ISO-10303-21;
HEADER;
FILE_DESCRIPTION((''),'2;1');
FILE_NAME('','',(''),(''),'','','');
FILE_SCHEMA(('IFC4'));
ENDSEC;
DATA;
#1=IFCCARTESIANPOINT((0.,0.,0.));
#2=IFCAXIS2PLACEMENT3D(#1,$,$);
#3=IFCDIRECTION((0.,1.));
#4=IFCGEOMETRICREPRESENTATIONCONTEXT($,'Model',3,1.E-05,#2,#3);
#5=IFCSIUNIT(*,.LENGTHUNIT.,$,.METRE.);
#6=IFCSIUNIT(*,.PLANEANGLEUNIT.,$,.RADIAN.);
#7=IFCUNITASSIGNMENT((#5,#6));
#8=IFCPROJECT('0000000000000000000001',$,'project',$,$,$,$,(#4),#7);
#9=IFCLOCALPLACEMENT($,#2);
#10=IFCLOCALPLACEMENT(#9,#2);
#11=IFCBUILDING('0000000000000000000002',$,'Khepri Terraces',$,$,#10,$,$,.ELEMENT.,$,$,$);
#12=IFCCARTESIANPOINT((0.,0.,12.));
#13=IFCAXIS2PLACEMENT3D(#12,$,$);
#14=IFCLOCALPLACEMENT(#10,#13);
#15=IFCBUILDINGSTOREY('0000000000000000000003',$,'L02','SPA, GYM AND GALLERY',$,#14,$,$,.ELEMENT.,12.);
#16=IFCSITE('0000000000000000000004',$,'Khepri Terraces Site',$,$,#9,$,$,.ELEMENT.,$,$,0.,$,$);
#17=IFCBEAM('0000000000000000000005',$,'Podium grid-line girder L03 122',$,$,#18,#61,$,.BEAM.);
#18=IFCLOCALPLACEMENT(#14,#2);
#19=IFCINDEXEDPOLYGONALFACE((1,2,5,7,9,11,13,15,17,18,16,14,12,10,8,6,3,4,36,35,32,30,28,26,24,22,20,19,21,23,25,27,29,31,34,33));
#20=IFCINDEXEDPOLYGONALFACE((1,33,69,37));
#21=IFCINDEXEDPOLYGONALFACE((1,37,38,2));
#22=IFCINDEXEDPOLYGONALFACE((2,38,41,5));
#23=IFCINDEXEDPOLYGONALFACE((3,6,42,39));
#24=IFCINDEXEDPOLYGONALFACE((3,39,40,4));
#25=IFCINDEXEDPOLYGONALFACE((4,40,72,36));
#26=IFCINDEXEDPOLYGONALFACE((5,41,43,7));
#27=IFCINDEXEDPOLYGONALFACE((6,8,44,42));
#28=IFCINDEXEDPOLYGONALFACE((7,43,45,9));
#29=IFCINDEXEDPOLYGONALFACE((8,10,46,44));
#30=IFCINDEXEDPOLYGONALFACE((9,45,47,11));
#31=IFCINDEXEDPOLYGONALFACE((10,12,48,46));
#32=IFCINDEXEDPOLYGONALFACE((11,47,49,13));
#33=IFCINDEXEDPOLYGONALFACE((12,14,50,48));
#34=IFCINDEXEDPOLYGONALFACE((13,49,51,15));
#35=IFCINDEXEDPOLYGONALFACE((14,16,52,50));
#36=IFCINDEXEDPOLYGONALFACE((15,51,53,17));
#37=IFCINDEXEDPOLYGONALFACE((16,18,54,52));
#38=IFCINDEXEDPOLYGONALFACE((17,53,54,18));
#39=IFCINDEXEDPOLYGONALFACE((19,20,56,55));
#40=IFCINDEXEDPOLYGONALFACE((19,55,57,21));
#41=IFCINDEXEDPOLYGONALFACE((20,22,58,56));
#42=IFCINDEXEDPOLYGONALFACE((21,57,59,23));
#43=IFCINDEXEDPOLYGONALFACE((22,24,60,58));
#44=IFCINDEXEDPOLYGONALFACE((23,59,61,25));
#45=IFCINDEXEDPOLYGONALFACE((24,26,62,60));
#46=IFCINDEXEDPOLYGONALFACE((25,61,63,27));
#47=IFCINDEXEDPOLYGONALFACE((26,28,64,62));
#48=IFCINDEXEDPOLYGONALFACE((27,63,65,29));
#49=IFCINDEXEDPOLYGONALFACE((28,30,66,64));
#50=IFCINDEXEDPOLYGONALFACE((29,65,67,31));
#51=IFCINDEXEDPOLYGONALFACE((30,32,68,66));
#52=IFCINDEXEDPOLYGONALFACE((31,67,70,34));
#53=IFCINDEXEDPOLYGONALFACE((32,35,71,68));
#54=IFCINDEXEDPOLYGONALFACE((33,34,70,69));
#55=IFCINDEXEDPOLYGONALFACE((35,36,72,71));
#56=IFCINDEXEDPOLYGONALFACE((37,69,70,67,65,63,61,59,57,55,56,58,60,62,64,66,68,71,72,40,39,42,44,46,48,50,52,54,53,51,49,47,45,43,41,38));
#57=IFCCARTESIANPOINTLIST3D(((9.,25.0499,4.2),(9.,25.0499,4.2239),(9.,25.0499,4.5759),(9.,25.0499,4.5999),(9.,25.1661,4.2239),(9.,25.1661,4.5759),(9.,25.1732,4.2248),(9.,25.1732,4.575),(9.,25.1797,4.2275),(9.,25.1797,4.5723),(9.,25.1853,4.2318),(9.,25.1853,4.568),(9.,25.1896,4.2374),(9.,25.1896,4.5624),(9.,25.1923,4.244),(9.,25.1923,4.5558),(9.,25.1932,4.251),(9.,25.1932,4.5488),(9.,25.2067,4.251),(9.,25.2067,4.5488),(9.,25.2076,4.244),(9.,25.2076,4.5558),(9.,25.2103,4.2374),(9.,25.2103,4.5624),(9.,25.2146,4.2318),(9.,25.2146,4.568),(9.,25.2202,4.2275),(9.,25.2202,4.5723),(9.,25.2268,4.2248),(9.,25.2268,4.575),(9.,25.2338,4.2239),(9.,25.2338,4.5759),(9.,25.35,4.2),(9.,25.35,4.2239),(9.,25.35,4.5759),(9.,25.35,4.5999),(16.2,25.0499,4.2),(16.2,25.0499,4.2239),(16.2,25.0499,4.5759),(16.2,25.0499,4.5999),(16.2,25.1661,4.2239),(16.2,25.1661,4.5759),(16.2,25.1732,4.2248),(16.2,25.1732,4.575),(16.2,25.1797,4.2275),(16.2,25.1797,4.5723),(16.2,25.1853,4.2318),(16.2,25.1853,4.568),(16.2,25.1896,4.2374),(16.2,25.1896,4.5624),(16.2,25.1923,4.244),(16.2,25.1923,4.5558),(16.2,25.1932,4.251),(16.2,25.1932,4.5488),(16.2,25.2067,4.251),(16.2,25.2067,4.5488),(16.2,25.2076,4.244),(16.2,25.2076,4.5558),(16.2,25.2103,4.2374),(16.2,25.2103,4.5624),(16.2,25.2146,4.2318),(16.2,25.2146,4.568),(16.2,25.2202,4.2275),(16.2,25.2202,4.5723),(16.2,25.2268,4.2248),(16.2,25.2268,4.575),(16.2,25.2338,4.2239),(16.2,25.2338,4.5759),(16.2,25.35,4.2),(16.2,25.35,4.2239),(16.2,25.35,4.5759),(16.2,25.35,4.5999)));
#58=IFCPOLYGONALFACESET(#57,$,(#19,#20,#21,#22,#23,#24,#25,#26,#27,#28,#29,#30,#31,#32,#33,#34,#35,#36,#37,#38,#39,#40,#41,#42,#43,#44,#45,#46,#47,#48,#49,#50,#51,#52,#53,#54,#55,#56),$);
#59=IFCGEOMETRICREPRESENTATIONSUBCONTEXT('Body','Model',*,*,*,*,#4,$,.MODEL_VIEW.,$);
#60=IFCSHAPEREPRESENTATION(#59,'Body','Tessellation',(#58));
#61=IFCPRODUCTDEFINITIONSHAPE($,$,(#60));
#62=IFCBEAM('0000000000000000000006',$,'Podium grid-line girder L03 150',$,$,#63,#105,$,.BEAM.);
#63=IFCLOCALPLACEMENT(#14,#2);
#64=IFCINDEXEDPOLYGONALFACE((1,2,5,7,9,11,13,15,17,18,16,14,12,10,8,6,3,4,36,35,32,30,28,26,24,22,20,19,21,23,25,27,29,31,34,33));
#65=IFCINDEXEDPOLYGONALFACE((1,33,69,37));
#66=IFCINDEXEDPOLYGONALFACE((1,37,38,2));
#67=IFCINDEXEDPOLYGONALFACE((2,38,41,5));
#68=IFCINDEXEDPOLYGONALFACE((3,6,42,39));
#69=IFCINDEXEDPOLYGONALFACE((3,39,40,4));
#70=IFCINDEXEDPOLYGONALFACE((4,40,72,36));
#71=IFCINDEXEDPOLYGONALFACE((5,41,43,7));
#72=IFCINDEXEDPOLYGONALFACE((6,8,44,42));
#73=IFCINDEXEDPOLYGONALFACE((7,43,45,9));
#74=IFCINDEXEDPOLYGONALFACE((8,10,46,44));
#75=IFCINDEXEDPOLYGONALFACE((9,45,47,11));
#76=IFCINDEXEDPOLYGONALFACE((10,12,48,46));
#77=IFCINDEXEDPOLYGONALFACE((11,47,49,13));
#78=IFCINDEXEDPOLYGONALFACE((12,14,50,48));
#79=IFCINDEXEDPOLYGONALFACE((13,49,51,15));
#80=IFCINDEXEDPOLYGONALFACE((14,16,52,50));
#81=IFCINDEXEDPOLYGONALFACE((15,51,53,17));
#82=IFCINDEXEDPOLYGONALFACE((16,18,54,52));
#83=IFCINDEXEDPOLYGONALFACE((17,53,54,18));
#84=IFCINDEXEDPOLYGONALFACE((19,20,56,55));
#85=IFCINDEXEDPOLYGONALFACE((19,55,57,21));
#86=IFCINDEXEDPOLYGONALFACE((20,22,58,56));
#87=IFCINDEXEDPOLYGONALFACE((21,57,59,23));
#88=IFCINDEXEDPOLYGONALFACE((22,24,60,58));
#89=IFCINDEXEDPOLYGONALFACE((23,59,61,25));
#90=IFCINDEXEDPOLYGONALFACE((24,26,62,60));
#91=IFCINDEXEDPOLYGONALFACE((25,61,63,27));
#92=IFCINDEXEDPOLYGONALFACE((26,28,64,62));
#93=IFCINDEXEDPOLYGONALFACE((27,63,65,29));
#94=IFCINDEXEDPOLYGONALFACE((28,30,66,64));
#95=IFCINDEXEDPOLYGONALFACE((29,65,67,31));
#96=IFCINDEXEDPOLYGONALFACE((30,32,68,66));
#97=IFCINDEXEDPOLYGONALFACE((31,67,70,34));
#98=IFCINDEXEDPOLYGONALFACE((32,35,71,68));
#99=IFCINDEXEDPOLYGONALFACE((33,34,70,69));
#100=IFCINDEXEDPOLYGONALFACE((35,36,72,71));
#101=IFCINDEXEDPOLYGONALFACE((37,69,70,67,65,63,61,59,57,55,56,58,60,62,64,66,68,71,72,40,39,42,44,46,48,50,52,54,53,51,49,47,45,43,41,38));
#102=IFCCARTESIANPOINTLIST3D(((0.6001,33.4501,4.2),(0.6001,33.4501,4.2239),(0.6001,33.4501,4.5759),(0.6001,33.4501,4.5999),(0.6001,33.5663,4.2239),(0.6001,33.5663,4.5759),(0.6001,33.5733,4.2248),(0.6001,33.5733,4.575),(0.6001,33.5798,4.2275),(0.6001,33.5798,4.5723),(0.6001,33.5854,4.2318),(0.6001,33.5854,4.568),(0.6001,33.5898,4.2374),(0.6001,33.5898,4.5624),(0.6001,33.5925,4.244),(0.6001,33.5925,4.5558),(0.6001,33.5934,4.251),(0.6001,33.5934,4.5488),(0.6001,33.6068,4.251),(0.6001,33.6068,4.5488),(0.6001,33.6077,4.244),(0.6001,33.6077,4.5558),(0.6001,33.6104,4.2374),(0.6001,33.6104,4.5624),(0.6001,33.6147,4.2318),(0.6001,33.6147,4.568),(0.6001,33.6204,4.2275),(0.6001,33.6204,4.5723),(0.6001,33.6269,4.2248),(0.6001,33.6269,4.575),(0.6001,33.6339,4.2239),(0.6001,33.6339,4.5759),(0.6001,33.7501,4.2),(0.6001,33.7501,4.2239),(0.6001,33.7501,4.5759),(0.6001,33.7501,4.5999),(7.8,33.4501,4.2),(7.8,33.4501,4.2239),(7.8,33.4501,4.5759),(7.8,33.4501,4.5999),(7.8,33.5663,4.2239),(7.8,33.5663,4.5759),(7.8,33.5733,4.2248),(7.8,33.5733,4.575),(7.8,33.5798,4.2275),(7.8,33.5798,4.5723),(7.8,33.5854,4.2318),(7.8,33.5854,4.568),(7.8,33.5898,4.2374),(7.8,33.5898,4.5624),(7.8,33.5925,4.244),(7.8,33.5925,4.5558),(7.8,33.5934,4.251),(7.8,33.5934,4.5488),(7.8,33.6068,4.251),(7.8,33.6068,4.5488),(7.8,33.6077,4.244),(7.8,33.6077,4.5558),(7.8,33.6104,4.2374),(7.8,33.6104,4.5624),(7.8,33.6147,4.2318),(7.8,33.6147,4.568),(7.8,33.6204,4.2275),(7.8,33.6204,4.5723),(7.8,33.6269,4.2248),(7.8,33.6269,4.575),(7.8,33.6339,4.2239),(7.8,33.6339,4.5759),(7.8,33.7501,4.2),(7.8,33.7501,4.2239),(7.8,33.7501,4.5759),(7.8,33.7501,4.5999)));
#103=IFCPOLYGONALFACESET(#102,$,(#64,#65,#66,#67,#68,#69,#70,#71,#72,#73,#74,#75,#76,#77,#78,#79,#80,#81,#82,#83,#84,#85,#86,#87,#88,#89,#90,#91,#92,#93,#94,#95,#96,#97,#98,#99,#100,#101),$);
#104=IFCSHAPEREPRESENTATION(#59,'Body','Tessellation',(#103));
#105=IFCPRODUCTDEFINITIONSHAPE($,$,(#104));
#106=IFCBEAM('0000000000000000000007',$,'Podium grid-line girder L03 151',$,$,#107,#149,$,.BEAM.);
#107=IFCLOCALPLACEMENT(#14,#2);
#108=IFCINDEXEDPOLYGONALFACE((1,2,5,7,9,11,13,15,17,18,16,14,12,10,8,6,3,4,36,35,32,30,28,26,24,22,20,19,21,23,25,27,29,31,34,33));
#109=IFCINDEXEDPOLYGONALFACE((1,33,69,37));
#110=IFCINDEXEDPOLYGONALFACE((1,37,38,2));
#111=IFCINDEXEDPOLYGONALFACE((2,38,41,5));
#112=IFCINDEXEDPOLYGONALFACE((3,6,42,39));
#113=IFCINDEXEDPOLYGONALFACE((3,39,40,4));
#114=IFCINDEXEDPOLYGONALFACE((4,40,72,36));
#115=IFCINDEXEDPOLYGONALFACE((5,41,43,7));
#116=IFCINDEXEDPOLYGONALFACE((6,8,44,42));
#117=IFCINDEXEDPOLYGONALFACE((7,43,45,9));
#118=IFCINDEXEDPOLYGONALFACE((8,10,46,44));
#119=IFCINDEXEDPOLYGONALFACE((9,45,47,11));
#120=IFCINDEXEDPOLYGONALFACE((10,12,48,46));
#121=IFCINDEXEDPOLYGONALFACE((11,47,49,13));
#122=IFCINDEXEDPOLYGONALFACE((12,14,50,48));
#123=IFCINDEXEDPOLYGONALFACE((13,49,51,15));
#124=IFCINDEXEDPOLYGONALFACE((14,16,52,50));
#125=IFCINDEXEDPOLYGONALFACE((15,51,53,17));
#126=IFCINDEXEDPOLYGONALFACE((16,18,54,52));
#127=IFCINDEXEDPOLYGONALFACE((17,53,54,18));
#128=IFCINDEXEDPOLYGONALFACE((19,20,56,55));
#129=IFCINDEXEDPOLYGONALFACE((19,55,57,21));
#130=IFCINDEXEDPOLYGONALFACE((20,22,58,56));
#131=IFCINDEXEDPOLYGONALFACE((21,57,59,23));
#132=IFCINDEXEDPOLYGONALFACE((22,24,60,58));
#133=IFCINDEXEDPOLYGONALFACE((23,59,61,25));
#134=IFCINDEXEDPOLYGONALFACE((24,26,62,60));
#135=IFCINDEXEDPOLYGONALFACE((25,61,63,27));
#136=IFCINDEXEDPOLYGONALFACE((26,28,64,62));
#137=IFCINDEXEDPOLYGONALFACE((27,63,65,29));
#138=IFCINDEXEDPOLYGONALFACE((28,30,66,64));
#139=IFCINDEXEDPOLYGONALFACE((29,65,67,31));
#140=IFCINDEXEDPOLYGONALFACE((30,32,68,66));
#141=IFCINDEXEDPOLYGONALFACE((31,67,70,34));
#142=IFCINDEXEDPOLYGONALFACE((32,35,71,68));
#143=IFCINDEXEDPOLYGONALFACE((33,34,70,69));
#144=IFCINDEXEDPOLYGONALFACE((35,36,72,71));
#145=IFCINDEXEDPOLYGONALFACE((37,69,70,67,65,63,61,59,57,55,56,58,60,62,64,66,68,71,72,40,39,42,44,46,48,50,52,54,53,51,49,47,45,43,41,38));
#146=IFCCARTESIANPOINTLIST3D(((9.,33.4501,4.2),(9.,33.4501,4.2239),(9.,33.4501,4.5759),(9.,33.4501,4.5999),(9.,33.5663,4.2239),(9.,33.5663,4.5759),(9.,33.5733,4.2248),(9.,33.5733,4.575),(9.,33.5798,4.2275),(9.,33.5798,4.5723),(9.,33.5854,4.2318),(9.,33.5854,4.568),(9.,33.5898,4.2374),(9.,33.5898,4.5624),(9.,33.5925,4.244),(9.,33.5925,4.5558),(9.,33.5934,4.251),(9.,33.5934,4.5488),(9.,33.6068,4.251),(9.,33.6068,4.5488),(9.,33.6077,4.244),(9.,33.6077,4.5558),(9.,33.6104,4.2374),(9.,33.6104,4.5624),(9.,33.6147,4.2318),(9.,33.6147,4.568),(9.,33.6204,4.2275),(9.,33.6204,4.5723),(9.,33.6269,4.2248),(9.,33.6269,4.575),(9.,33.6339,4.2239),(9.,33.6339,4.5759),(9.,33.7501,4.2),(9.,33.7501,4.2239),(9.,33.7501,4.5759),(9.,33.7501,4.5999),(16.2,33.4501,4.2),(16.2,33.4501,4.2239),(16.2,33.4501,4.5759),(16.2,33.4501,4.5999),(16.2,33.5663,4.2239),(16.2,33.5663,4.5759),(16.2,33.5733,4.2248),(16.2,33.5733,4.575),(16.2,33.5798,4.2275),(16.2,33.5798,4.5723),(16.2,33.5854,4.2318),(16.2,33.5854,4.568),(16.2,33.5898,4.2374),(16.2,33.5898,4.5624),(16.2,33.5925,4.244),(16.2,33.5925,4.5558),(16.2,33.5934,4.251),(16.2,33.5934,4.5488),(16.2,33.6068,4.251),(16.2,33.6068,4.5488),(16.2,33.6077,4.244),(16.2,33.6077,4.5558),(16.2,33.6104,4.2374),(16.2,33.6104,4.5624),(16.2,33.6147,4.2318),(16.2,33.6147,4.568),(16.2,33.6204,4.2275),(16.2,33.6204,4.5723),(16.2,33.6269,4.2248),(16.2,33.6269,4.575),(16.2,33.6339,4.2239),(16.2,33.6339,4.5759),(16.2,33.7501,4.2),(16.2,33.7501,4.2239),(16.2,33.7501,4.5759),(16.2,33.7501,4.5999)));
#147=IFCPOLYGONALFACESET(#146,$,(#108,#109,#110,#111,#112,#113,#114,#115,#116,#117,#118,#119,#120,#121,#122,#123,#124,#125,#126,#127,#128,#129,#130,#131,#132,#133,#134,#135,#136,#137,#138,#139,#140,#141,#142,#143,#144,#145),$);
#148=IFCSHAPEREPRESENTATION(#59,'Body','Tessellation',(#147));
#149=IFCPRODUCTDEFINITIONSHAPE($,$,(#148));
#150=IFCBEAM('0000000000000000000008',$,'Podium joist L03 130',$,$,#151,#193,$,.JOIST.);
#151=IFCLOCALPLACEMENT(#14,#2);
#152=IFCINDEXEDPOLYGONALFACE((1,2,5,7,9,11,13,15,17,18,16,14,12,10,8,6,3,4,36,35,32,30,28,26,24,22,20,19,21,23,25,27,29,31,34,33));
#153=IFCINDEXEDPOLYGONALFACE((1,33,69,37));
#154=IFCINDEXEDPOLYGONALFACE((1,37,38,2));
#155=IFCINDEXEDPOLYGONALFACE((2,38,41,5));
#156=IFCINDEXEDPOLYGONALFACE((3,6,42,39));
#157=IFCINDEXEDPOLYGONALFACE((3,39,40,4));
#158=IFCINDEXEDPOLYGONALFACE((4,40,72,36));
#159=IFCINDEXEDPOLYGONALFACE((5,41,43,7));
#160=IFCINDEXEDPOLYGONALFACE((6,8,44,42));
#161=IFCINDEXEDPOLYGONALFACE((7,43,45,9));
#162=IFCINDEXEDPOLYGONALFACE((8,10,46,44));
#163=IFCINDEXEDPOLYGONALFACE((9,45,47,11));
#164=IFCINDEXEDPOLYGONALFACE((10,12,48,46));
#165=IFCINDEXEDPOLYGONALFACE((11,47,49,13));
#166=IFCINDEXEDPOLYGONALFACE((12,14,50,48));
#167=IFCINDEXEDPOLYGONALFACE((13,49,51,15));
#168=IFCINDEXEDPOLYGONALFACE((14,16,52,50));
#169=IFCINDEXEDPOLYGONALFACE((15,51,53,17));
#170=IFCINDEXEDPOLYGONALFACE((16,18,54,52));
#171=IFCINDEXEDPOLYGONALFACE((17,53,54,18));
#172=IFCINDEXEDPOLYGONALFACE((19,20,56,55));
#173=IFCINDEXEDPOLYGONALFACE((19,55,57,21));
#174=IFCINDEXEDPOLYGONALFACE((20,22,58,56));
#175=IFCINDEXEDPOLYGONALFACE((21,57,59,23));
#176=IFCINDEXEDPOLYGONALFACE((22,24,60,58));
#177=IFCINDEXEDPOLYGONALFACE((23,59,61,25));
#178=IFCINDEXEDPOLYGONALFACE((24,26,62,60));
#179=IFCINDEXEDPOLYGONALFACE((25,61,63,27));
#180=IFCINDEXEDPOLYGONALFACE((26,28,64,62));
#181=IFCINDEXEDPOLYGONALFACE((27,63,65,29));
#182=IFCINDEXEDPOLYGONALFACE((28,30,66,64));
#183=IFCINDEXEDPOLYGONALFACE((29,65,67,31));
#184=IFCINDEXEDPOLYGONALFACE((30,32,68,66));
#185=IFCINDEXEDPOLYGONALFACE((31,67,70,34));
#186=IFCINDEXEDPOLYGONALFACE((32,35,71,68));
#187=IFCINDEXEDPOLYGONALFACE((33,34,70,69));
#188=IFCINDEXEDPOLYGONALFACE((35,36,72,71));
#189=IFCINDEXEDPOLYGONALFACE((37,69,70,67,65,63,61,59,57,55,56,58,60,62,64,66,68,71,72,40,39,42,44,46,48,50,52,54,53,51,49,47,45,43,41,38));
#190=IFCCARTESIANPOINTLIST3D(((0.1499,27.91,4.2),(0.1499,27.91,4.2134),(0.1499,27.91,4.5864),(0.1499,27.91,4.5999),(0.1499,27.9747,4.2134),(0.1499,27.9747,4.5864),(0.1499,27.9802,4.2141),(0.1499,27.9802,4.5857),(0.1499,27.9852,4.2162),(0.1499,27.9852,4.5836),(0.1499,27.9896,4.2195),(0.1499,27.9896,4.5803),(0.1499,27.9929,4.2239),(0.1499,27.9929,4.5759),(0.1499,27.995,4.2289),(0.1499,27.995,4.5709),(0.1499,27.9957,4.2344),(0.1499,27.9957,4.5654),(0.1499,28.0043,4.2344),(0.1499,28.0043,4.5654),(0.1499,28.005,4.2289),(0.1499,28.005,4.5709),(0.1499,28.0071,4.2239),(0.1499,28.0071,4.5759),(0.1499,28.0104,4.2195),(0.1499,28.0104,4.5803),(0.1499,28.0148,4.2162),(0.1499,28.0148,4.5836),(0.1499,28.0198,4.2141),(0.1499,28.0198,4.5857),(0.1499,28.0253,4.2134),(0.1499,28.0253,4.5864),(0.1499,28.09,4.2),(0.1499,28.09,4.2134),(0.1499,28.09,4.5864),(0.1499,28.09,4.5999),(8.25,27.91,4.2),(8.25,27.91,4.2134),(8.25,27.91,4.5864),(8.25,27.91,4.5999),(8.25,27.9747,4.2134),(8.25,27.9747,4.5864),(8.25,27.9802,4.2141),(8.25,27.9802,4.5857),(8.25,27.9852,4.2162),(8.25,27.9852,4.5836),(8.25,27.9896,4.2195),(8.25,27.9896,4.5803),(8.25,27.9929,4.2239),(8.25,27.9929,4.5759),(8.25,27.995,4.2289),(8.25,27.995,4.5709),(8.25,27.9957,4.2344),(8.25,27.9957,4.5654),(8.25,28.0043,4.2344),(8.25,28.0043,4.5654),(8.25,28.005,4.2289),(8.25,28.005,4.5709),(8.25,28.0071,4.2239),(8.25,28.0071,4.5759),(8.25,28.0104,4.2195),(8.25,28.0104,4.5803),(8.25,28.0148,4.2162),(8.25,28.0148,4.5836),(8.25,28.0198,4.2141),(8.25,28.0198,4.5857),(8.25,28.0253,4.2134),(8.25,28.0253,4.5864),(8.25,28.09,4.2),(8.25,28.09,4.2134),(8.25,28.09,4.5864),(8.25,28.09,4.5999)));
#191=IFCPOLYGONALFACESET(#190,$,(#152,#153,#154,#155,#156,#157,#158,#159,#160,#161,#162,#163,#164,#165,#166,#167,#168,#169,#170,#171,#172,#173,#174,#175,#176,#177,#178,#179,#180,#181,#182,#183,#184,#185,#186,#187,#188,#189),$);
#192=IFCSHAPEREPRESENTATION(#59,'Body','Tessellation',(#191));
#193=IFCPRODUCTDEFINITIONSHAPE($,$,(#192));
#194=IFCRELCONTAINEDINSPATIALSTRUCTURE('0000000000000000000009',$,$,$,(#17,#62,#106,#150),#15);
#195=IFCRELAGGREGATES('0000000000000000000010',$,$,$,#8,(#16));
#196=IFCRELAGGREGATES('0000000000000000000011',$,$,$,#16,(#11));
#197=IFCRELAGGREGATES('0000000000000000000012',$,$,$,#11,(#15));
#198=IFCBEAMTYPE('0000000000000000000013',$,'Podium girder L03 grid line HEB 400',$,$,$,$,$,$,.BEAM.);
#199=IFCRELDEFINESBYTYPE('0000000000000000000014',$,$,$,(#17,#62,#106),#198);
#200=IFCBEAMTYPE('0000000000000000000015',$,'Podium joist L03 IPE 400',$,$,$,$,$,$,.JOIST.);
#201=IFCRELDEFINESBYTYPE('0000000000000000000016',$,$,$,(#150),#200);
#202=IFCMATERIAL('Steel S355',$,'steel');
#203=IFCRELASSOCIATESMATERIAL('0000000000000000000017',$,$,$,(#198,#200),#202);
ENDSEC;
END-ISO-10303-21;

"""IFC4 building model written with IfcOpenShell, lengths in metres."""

from ifc_helpers import new_model, si_unit, direction, frame, origin, origin_2d, place, context, subcontext, project, spatial, i_section, extrude, material, material_profile, profile_set, type_object, element, save


model = new_model("IFC4")

# Units and contexts
model_context = context("Model", 3, precision=1e-05, world=origin(), true_north=direction((0.0, 1.0)))
body_context = subcontext(model_context, "Body", "Model", "MODEL_VIEW")
ifc_project = project(units=[si_unit("LENGTHUNIT", "METRE"), si_unit("PLANEANGLEUNIT", "RADIAN")], contexts=[model_context])

# Site, building, storey
site_placement = place(None, origin())
site = spatial("IfcSite", under=ifc_project, at=site_placement, Name="Khepri Terraces Site", CompositionType="ELEMENT", RefElevation=0.0)
building_placement = place(site_placement, origin())
building = spatial("IfcBuilding", under=site, at=building_placement, Name="Khepri Terraces", CompositionType="ELEMENT")
storey_placement = place(building_placement, frame((0.0, 0.0, 12.0)))
storey = spatial("IfcBuildingStorey", under=building, at=storey_placement, Name="L02", Description="SPA, GYM AND GALLERY", CompositionType="ELEMENT", Elevation=12.0)

# Beams
ifc_material_1 = material(Name="Steel S355", Category="steel")
ifc_material_profile_1 = material_profile(ifc_material_1, i_section(OverallWidth=0.3, OverallDepth=0.3999, WebThickness=0.0134, FlangeThickness=0.0239, FilletRadius=0.0271, at=origin_2d()), Name="Steel S355", Category="steel")
ifc_profile_set_1 = profile_set([ifc_material_profile_1], Name="Steel S355")
beam_type_1 = type_object("IfcBeamType", Name="Podium girder L03 grid line HEB 400", PredefinedType="BEAM", material=ifc_profile_set_1)
for number, where, z_axis, x_axis, name in (
    (1, (9.0, 25.2, 4.3999), (1.0, 0.0, 0.0), (0.0, 1.0, 0.0), "Podium grid-line girder L03 122"),
    (2, (0.6001, 33.6001, 4.3999), (1.0, 0.0, 0.0), (0.0, 1.0, 0.0), "Podium grid-line girder L03 150"),
    (3, (9.0, 33.6001, 4.3999), (1.0, 0.0, 0.0), (0.0, 1.0, 0.0), "Podium grid-line girder L03 151"),
):
    element("IfcBeam", number, at=place(storey_placement, frame(where, z_axis=z_axis, x_axis=x_axis)), inside=storey, type_object=beam_type_1, Name=name, PredefinedType="BEAM", context=body_context, shape_type="SweptSolid", body=[
        extrude(i_section(OverallWidth=0.3, OverallDepth=0.3999, WebThickness=0.0134, FlangeThickness=0.0239, FilletRadius=0.0271, at=origin_2d()), origin(), (0.0, 0.0, 1.0), 7.2),
    ])
ifc_material_profile_2 = material_profile(ifc_material_1, i_section(OverallWidth=0.1799, OverallDepth=0.3999, WebThickness=0.0085, FlangeThickness=0.0134, FilletRadius=0.021, at=origin_2d()), Name="Steel S355", Category="steel")
ifc_profile_set_2 = profile_set([ifc_material_profile_2], Name="Steel S355")
beam_type_2 = type_object("IfcBeamType", Name="Podium joist L03 IPE 400", PredefinedType="JOIST", material=ifc_profile_set_2)
beam_1_placement = place(storey_placement, frame((0.1499, 28.0, 4.3999), z_axis=(1.0, 0.0, 0.0), x_axis=(0.0, 1.0, 0.0)))
element("IfcBeam", 4, at=beam_1_placement, inside=storey, type_object=beam_type_2, Name="Podium joist L03 130", PredefinedType="JOIST", context=body_context, shape_type="SweptSolid", body=[
    extrude(i_section(OverallWidth=0.1799, OverallDepth=0.3999, WebThickness=0.0085, FlangeThickness=0.0134, FilletRadius=0.021, at=origin_2d()), origin(), (0.0, 0.0, 1.0), 8.1001),
])

save(model, "model.ifc")
